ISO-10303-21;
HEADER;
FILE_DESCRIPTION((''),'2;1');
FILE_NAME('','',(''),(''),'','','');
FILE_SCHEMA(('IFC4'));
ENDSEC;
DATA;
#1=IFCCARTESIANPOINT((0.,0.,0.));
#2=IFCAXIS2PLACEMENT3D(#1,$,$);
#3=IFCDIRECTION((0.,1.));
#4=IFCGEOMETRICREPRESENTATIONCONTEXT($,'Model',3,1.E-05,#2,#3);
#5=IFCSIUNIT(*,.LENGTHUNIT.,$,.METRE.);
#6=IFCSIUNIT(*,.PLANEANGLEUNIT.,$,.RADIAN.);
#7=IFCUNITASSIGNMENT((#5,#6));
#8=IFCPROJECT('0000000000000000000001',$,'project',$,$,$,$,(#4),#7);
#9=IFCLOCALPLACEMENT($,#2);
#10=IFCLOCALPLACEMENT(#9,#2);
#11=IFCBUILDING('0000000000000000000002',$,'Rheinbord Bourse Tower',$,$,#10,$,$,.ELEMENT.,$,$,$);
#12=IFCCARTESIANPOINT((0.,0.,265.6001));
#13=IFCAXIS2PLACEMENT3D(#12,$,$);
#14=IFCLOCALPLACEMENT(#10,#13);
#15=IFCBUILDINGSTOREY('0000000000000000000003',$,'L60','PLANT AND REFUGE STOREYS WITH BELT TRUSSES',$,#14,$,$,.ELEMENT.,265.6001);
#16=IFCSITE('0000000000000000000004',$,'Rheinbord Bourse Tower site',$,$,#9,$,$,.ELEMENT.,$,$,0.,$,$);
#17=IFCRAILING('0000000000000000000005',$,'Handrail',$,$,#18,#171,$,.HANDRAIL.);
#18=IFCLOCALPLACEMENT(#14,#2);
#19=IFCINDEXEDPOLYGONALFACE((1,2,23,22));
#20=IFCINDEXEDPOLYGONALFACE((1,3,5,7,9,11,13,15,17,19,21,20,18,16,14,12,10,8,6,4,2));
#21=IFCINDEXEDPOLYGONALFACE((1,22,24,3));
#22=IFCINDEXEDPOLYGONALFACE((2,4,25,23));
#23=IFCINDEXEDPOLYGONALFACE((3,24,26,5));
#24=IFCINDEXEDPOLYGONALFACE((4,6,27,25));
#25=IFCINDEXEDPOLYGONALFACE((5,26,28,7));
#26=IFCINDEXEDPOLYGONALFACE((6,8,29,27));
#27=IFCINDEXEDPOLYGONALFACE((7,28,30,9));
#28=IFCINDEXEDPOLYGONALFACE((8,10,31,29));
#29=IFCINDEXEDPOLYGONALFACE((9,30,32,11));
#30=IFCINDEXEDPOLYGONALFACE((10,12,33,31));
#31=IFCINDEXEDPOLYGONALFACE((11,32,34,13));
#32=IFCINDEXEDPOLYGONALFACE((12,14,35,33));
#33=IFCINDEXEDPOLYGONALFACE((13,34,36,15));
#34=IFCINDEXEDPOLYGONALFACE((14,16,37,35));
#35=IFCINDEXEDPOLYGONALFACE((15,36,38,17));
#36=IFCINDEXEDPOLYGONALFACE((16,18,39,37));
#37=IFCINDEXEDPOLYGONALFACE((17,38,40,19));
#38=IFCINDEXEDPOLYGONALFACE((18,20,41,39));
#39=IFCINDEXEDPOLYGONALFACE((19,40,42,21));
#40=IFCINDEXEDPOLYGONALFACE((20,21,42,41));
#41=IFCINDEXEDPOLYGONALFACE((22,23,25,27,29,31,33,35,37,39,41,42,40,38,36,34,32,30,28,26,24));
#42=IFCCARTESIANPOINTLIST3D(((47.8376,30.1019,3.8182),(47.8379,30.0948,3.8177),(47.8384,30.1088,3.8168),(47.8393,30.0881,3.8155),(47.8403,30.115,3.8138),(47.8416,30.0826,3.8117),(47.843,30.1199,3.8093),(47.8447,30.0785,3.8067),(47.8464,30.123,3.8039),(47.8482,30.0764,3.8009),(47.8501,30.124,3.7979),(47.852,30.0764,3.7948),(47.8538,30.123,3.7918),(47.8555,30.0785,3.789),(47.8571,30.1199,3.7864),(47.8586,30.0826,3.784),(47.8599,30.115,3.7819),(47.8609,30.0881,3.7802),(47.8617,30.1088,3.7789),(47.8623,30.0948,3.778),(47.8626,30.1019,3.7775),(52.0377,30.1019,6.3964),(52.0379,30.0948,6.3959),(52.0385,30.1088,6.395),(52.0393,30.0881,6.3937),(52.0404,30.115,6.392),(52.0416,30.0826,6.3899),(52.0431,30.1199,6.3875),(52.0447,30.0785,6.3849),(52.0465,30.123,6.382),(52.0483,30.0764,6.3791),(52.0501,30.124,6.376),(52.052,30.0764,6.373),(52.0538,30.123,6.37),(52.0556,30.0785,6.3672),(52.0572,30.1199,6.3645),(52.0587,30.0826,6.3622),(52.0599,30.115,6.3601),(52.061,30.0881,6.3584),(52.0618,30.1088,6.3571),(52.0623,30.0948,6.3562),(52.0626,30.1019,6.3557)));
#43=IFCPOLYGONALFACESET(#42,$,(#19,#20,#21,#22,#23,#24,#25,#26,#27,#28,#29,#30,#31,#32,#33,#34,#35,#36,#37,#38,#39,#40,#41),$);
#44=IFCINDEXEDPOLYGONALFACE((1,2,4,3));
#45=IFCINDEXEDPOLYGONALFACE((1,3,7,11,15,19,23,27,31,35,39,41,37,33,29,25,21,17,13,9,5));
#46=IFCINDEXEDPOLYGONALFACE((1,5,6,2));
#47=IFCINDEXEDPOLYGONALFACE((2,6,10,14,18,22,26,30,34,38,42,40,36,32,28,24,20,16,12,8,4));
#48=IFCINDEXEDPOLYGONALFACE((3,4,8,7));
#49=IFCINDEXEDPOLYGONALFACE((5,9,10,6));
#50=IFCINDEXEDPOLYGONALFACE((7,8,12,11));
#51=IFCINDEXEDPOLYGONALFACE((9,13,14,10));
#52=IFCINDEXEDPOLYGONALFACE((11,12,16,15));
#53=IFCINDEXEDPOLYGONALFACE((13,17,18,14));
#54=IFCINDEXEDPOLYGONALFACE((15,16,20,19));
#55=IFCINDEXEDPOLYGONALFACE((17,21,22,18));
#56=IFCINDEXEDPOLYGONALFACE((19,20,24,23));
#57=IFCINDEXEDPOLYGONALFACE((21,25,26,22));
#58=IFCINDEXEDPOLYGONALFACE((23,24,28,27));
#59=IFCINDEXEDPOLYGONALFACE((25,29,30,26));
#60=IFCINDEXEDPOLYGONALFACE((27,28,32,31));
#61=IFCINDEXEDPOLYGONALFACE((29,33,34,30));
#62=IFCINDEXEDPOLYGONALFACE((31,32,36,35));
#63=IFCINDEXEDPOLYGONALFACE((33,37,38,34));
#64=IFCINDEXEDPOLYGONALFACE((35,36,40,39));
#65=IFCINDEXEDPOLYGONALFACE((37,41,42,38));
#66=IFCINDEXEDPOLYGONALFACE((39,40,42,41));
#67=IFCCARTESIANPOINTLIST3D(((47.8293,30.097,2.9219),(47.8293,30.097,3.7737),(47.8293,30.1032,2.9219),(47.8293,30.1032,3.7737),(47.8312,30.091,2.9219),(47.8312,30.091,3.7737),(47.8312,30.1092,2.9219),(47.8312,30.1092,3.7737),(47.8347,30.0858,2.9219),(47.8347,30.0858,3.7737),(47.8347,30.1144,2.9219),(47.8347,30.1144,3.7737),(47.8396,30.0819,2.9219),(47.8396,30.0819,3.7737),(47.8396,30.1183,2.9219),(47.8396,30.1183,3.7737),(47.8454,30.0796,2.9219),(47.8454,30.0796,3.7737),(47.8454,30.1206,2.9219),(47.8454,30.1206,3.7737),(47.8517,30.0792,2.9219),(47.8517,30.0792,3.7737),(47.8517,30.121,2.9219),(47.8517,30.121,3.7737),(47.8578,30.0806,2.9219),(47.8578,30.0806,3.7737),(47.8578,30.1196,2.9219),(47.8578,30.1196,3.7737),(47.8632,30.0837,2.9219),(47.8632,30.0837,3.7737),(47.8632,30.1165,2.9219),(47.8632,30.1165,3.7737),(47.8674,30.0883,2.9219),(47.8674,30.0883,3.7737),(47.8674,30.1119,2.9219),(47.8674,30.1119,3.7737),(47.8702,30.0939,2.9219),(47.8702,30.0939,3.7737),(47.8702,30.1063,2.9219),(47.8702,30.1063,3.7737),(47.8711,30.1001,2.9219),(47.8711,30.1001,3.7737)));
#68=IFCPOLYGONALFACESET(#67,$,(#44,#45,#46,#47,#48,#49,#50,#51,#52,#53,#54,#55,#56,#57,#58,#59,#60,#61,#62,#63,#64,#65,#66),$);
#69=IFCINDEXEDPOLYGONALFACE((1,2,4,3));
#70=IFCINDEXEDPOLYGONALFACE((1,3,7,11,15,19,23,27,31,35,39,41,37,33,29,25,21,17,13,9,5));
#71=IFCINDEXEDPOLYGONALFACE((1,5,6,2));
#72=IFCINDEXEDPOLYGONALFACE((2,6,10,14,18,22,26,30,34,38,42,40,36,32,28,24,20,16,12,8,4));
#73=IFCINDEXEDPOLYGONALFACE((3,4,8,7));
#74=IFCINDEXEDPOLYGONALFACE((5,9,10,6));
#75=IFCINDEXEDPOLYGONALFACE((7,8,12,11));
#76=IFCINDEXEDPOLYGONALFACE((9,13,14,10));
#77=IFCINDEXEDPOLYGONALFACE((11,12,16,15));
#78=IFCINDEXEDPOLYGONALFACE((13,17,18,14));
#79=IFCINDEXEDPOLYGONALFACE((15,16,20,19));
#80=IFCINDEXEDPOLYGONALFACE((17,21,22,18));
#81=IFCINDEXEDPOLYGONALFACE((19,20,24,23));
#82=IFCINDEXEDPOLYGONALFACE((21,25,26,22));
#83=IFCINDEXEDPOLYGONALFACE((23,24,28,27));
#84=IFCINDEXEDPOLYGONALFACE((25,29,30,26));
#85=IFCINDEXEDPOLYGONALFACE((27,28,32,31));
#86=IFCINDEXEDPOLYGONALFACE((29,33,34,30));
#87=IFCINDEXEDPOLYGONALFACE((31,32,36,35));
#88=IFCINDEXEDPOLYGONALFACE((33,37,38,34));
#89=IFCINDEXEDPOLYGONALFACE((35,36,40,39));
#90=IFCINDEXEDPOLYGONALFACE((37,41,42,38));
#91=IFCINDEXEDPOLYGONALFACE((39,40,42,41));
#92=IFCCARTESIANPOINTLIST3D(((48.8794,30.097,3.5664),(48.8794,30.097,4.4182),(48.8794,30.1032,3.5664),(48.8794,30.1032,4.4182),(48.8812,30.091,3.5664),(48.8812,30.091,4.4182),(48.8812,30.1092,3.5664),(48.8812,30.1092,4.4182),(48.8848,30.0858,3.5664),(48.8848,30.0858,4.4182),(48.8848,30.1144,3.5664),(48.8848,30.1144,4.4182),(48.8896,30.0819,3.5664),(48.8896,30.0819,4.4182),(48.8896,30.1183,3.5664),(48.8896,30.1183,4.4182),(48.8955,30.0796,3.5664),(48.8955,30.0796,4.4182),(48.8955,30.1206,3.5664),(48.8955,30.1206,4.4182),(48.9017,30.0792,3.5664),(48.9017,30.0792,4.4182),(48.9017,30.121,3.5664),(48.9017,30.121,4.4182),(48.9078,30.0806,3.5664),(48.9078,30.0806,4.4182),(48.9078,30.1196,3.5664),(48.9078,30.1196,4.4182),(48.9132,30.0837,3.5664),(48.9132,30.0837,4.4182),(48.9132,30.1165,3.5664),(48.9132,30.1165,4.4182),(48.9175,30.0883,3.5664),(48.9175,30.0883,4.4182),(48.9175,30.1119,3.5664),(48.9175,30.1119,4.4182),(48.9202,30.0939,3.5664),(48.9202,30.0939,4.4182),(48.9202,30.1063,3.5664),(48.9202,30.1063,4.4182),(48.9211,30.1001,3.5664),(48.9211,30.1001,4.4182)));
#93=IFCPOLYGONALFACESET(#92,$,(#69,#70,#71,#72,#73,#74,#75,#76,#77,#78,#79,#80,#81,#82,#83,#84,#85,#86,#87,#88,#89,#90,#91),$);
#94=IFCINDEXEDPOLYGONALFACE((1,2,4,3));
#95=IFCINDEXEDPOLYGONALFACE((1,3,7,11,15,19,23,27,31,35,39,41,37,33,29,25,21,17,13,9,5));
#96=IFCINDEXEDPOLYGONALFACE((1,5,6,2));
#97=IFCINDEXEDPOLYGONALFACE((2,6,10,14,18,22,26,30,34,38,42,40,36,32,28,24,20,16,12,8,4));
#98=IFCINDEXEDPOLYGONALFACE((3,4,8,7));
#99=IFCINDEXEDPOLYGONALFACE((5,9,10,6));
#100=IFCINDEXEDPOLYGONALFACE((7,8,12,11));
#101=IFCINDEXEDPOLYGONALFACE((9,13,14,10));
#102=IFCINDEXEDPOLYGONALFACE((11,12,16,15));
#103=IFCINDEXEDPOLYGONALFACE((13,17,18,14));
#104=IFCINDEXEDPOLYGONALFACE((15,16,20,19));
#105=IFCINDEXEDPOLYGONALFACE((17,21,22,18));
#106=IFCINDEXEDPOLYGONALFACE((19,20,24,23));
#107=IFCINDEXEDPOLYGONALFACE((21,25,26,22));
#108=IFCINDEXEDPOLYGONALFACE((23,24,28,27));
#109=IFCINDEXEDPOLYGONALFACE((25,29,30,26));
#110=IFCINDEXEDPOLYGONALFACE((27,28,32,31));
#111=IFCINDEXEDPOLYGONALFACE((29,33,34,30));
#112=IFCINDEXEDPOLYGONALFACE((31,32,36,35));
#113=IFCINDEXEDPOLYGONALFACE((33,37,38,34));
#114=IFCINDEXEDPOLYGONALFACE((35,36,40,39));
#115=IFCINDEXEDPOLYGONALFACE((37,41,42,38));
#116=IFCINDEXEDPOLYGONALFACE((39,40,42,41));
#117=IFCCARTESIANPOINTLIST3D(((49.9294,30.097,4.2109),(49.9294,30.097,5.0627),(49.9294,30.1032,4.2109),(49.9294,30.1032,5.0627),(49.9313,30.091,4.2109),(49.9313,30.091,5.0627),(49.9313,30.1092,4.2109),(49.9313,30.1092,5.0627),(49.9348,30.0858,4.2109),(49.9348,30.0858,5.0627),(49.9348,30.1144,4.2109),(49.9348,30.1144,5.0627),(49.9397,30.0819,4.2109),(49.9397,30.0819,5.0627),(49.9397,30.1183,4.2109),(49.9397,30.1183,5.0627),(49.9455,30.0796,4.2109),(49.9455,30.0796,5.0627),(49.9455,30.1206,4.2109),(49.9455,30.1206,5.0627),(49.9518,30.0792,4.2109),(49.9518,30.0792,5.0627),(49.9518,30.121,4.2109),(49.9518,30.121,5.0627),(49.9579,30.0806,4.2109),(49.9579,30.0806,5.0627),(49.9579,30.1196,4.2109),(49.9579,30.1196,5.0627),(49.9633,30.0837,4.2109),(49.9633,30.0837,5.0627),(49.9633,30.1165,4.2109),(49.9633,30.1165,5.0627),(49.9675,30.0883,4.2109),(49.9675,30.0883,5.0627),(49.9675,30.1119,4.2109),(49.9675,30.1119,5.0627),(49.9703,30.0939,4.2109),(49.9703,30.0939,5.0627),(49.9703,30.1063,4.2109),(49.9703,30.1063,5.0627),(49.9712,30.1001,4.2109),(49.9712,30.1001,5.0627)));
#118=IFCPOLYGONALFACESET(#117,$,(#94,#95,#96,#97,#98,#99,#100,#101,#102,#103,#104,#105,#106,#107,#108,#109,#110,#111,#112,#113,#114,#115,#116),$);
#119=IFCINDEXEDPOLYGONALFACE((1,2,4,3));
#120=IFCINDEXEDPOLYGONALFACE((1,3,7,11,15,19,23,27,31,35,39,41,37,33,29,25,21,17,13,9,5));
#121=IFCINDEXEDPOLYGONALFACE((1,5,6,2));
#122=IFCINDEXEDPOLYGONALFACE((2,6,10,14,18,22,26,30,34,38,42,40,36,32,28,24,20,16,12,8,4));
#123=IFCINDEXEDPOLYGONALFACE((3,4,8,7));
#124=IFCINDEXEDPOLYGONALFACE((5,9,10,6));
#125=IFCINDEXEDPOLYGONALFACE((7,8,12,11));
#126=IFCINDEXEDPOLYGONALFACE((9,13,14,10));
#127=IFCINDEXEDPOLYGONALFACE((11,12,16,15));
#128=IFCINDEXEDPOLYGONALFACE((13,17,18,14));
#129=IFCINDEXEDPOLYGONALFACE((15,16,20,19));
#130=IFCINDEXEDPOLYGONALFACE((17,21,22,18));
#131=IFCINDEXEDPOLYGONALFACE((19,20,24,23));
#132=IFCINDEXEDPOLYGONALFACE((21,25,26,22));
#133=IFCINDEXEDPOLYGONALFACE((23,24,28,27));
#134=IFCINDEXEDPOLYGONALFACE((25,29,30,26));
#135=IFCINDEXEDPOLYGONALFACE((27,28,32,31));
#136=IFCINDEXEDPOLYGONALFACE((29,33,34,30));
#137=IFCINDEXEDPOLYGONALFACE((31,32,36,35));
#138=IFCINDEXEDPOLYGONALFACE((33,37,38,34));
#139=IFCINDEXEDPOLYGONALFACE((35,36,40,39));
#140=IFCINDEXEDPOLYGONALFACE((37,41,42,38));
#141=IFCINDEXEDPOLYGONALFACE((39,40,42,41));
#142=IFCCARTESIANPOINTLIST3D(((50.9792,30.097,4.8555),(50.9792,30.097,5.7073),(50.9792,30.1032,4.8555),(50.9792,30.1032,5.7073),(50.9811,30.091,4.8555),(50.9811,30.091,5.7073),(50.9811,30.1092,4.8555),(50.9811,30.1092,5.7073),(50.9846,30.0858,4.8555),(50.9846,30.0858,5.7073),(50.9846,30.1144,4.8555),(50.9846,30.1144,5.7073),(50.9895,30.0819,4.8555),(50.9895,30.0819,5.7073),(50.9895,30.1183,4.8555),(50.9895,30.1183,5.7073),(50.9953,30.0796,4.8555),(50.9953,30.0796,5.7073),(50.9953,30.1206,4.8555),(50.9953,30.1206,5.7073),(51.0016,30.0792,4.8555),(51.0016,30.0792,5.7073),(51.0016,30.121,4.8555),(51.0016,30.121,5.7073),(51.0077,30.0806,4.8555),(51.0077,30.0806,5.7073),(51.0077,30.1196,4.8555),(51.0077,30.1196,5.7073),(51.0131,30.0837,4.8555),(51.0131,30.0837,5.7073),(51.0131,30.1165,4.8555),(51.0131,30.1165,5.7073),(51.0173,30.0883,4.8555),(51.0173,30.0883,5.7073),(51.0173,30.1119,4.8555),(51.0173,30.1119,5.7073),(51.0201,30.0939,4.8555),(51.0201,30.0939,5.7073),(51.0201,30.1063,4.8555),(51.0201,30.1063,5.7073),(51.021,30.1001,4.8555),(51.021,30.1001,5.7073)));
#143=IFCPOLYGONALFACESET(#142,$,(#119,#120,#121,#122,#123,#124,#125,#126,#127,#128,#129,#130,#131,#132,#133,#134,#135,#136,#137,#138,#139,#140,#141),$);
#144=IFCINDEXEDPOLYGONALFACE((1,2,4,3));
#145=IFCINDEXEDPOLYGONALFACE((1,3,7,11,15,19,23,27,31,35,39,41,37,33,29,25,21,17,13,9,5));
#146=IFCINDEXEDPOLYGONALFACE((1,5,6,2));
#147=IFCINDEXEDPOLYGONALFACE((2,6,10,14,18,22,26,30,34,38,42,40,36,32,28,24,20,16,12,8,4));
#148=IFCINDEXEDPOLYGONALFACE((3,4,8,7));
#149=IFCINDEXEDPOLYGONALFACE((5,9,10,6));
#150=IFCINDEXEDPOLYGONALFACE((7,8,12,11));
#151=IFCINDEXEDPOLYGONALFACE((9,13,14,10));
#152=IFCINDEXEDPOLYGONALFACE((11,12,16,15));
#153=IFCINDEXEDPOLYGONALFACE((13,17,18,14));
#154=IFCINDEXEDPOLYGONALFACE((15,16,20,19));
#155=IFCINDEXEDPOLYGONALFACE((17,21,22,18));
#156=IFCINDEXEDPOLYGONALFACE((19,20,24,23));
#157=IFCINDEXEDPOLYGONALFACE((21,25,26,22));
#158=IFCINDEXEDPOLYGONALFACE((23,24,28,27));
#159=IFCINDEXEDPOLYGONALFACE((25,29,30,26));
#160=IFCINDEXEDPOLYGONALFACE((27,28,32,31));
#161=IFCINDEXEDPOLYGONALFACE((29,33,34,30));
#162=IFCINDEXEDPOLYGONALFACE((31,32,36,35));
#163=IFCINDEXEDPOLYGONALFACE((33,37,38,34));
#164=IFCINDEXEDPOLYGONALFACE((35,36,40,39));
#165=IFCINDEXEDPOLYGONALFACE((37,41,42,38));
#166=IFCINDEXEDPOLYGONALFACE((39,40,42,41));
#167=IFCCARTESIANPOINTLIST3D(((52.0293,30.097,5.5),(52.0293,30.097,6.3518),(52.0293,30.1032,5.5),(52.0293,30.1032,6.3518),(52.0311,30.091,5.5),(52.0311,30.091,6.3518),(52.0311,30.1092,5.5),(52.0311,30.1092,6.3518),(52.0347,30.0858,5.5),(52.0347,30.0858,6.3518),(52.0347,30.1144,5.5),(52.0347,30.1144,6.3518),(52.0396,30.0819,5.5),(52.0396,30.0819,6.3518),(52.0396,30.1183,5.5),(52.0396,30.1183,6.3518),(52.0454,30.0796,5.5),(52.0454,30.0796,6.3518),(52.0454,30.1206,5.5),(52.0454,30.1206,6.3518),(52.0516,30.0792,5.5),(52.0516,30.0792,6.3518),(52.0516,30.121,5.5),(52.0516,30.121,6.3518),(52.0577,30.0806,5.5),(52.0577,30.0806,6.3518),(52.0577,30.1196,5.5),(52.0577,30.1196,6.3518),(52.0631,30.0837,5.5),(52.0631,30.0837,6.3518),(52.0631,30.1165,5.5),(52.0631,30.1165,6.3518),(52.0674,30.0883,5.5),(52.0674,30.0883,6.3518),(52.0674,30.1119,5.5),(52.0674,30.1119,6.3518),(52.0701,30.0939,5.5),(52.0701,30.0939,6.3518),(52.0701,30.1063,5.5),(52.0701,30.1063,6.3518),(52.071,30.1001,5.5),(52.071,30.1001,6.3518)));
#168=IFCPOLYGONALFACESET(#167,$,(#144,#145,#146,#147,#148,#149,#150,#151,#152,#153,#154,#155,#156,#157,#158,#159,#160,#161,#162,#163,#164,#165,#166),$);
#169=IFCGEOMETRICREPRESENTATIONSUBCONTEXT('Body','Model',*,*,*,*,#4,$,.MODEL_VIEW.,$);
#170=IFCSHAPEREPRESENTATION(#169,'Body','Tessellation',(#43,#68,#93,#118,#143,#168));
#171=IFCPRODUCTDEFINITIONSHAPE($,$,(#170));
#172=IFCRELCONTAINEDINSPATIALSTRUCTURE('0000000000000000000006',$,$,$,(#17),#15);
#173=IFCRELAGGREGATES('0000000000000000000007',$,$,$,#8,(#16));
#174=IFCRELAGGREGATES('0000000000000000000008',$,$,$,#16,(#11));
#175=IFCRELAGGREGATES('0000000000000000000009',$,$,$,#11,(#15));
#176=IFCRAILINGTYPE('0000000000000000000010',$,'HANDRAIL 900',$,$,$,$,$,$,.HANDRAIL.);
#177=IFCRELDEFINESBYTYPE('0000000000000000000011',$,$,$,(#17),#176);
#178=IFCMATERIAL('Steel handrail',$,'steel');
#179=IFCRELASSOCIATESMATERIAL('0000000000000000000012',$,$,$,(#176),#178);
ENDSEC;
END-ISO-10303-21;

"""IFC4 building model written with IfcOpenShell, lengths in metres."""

from ifc_helpers import new_model, si_unit, direction, frame, origin, origin_2d, place, context, subcontext, project, spatial, circle, extrude, material, type_object, element, save


model = new_model("IFC4")

# Units and contexts
model_context = context("Model", 3, precision=1e-05, world=origin(), true_north=direction((0.0, 1.0)))
body_context = subcontext(model_context, "Body", "Model", "MODEL_VIEW")
ifc_project = project(units=[si_unit("LENGTHUNIT", "METRE"), si_unit("PLANEANGLEUNIT", "RADIAN")], contexts=[model_context])

# Site, building, storey
site_placement = place(None, origin())
site = spatial("IfcSite", under=ifc_project, at=site_placement, Name="Rheinbord Bourse Tower site", CompositionType="ELEMENT", RefElevation=0.0)
building_placement = place(site_placement, origin())
building = spatial("IfcBuilding", under=site, at=building_placement, Name="Rheinbord Bourse Tower", CompositionType="ELEMENT")
storey_placement = place(building_placement, frame((0.0, 0.0, 265.6001)))
storey = spatial("IfcBuildingStorey", under=building, at=storey_placement, Name="L60", Description="PLANT AND REFUGE STOREYS WITH BELT TRUSSES", CompositionType="ELEMENT", Elevation=265.6001)

# Railing
ifc_material_1 = material(Name="Steel handrail", Category="steel")
railing_type = type_object("IfcRailingType", Name="HANDRAIL 900", PredefinedType="HANDRAIL", material=ifc_material_1)
railing_1_placement = place(storey_placement, frame((47.8501, 30.1001, 2.9219)))
element("IfcRailing", 1, at=railing_1_placement, inside=storey, type_object=railing_type, Name="Handrail", PredefinedType="HANDRAIL", context=body_context, shape_type="SweptSolid", body=[
    extrude(circle(Radius=0.0239, at=origin_2d()), frame((0.0, 0.0, 0.876), z_axis=(0.852243, 0.0, 0.523146), x_axis=(0.0, 1.0, 0.0)), (0.0, 0.0, 1.0), 4.9282),
    extrude(circle(Radius=0.021, at=origin_2d()), origin(), (0.0, 0.0, 1.0), 0.8518),
    extrude(circle(Radius=0.021, at=origin_2d()), frame((1.05, 0.0, 0.6445)), (0.0, 0.0, 1.0), 0.8518),
    extrude(circle(Radius=0.021, at=origin_2d()), frame((2.1001, 0.0, 1.2891)), (0.0, 0.0, 1.0), 0.8518),
    extrude(circle(Radius=0.021, at=origin_2d()), frame((3.1499, 0.0, 1.9336)), (0.0, 0.0, 1.0), 0.8518),
    extrude(circle(Radius=0.021, at=origin_2d()), frame((4.2, 0.0, 2.5781)), (0.0, 0.0, 1.0), 0.8518),
])

save(model, "model.ifc")
